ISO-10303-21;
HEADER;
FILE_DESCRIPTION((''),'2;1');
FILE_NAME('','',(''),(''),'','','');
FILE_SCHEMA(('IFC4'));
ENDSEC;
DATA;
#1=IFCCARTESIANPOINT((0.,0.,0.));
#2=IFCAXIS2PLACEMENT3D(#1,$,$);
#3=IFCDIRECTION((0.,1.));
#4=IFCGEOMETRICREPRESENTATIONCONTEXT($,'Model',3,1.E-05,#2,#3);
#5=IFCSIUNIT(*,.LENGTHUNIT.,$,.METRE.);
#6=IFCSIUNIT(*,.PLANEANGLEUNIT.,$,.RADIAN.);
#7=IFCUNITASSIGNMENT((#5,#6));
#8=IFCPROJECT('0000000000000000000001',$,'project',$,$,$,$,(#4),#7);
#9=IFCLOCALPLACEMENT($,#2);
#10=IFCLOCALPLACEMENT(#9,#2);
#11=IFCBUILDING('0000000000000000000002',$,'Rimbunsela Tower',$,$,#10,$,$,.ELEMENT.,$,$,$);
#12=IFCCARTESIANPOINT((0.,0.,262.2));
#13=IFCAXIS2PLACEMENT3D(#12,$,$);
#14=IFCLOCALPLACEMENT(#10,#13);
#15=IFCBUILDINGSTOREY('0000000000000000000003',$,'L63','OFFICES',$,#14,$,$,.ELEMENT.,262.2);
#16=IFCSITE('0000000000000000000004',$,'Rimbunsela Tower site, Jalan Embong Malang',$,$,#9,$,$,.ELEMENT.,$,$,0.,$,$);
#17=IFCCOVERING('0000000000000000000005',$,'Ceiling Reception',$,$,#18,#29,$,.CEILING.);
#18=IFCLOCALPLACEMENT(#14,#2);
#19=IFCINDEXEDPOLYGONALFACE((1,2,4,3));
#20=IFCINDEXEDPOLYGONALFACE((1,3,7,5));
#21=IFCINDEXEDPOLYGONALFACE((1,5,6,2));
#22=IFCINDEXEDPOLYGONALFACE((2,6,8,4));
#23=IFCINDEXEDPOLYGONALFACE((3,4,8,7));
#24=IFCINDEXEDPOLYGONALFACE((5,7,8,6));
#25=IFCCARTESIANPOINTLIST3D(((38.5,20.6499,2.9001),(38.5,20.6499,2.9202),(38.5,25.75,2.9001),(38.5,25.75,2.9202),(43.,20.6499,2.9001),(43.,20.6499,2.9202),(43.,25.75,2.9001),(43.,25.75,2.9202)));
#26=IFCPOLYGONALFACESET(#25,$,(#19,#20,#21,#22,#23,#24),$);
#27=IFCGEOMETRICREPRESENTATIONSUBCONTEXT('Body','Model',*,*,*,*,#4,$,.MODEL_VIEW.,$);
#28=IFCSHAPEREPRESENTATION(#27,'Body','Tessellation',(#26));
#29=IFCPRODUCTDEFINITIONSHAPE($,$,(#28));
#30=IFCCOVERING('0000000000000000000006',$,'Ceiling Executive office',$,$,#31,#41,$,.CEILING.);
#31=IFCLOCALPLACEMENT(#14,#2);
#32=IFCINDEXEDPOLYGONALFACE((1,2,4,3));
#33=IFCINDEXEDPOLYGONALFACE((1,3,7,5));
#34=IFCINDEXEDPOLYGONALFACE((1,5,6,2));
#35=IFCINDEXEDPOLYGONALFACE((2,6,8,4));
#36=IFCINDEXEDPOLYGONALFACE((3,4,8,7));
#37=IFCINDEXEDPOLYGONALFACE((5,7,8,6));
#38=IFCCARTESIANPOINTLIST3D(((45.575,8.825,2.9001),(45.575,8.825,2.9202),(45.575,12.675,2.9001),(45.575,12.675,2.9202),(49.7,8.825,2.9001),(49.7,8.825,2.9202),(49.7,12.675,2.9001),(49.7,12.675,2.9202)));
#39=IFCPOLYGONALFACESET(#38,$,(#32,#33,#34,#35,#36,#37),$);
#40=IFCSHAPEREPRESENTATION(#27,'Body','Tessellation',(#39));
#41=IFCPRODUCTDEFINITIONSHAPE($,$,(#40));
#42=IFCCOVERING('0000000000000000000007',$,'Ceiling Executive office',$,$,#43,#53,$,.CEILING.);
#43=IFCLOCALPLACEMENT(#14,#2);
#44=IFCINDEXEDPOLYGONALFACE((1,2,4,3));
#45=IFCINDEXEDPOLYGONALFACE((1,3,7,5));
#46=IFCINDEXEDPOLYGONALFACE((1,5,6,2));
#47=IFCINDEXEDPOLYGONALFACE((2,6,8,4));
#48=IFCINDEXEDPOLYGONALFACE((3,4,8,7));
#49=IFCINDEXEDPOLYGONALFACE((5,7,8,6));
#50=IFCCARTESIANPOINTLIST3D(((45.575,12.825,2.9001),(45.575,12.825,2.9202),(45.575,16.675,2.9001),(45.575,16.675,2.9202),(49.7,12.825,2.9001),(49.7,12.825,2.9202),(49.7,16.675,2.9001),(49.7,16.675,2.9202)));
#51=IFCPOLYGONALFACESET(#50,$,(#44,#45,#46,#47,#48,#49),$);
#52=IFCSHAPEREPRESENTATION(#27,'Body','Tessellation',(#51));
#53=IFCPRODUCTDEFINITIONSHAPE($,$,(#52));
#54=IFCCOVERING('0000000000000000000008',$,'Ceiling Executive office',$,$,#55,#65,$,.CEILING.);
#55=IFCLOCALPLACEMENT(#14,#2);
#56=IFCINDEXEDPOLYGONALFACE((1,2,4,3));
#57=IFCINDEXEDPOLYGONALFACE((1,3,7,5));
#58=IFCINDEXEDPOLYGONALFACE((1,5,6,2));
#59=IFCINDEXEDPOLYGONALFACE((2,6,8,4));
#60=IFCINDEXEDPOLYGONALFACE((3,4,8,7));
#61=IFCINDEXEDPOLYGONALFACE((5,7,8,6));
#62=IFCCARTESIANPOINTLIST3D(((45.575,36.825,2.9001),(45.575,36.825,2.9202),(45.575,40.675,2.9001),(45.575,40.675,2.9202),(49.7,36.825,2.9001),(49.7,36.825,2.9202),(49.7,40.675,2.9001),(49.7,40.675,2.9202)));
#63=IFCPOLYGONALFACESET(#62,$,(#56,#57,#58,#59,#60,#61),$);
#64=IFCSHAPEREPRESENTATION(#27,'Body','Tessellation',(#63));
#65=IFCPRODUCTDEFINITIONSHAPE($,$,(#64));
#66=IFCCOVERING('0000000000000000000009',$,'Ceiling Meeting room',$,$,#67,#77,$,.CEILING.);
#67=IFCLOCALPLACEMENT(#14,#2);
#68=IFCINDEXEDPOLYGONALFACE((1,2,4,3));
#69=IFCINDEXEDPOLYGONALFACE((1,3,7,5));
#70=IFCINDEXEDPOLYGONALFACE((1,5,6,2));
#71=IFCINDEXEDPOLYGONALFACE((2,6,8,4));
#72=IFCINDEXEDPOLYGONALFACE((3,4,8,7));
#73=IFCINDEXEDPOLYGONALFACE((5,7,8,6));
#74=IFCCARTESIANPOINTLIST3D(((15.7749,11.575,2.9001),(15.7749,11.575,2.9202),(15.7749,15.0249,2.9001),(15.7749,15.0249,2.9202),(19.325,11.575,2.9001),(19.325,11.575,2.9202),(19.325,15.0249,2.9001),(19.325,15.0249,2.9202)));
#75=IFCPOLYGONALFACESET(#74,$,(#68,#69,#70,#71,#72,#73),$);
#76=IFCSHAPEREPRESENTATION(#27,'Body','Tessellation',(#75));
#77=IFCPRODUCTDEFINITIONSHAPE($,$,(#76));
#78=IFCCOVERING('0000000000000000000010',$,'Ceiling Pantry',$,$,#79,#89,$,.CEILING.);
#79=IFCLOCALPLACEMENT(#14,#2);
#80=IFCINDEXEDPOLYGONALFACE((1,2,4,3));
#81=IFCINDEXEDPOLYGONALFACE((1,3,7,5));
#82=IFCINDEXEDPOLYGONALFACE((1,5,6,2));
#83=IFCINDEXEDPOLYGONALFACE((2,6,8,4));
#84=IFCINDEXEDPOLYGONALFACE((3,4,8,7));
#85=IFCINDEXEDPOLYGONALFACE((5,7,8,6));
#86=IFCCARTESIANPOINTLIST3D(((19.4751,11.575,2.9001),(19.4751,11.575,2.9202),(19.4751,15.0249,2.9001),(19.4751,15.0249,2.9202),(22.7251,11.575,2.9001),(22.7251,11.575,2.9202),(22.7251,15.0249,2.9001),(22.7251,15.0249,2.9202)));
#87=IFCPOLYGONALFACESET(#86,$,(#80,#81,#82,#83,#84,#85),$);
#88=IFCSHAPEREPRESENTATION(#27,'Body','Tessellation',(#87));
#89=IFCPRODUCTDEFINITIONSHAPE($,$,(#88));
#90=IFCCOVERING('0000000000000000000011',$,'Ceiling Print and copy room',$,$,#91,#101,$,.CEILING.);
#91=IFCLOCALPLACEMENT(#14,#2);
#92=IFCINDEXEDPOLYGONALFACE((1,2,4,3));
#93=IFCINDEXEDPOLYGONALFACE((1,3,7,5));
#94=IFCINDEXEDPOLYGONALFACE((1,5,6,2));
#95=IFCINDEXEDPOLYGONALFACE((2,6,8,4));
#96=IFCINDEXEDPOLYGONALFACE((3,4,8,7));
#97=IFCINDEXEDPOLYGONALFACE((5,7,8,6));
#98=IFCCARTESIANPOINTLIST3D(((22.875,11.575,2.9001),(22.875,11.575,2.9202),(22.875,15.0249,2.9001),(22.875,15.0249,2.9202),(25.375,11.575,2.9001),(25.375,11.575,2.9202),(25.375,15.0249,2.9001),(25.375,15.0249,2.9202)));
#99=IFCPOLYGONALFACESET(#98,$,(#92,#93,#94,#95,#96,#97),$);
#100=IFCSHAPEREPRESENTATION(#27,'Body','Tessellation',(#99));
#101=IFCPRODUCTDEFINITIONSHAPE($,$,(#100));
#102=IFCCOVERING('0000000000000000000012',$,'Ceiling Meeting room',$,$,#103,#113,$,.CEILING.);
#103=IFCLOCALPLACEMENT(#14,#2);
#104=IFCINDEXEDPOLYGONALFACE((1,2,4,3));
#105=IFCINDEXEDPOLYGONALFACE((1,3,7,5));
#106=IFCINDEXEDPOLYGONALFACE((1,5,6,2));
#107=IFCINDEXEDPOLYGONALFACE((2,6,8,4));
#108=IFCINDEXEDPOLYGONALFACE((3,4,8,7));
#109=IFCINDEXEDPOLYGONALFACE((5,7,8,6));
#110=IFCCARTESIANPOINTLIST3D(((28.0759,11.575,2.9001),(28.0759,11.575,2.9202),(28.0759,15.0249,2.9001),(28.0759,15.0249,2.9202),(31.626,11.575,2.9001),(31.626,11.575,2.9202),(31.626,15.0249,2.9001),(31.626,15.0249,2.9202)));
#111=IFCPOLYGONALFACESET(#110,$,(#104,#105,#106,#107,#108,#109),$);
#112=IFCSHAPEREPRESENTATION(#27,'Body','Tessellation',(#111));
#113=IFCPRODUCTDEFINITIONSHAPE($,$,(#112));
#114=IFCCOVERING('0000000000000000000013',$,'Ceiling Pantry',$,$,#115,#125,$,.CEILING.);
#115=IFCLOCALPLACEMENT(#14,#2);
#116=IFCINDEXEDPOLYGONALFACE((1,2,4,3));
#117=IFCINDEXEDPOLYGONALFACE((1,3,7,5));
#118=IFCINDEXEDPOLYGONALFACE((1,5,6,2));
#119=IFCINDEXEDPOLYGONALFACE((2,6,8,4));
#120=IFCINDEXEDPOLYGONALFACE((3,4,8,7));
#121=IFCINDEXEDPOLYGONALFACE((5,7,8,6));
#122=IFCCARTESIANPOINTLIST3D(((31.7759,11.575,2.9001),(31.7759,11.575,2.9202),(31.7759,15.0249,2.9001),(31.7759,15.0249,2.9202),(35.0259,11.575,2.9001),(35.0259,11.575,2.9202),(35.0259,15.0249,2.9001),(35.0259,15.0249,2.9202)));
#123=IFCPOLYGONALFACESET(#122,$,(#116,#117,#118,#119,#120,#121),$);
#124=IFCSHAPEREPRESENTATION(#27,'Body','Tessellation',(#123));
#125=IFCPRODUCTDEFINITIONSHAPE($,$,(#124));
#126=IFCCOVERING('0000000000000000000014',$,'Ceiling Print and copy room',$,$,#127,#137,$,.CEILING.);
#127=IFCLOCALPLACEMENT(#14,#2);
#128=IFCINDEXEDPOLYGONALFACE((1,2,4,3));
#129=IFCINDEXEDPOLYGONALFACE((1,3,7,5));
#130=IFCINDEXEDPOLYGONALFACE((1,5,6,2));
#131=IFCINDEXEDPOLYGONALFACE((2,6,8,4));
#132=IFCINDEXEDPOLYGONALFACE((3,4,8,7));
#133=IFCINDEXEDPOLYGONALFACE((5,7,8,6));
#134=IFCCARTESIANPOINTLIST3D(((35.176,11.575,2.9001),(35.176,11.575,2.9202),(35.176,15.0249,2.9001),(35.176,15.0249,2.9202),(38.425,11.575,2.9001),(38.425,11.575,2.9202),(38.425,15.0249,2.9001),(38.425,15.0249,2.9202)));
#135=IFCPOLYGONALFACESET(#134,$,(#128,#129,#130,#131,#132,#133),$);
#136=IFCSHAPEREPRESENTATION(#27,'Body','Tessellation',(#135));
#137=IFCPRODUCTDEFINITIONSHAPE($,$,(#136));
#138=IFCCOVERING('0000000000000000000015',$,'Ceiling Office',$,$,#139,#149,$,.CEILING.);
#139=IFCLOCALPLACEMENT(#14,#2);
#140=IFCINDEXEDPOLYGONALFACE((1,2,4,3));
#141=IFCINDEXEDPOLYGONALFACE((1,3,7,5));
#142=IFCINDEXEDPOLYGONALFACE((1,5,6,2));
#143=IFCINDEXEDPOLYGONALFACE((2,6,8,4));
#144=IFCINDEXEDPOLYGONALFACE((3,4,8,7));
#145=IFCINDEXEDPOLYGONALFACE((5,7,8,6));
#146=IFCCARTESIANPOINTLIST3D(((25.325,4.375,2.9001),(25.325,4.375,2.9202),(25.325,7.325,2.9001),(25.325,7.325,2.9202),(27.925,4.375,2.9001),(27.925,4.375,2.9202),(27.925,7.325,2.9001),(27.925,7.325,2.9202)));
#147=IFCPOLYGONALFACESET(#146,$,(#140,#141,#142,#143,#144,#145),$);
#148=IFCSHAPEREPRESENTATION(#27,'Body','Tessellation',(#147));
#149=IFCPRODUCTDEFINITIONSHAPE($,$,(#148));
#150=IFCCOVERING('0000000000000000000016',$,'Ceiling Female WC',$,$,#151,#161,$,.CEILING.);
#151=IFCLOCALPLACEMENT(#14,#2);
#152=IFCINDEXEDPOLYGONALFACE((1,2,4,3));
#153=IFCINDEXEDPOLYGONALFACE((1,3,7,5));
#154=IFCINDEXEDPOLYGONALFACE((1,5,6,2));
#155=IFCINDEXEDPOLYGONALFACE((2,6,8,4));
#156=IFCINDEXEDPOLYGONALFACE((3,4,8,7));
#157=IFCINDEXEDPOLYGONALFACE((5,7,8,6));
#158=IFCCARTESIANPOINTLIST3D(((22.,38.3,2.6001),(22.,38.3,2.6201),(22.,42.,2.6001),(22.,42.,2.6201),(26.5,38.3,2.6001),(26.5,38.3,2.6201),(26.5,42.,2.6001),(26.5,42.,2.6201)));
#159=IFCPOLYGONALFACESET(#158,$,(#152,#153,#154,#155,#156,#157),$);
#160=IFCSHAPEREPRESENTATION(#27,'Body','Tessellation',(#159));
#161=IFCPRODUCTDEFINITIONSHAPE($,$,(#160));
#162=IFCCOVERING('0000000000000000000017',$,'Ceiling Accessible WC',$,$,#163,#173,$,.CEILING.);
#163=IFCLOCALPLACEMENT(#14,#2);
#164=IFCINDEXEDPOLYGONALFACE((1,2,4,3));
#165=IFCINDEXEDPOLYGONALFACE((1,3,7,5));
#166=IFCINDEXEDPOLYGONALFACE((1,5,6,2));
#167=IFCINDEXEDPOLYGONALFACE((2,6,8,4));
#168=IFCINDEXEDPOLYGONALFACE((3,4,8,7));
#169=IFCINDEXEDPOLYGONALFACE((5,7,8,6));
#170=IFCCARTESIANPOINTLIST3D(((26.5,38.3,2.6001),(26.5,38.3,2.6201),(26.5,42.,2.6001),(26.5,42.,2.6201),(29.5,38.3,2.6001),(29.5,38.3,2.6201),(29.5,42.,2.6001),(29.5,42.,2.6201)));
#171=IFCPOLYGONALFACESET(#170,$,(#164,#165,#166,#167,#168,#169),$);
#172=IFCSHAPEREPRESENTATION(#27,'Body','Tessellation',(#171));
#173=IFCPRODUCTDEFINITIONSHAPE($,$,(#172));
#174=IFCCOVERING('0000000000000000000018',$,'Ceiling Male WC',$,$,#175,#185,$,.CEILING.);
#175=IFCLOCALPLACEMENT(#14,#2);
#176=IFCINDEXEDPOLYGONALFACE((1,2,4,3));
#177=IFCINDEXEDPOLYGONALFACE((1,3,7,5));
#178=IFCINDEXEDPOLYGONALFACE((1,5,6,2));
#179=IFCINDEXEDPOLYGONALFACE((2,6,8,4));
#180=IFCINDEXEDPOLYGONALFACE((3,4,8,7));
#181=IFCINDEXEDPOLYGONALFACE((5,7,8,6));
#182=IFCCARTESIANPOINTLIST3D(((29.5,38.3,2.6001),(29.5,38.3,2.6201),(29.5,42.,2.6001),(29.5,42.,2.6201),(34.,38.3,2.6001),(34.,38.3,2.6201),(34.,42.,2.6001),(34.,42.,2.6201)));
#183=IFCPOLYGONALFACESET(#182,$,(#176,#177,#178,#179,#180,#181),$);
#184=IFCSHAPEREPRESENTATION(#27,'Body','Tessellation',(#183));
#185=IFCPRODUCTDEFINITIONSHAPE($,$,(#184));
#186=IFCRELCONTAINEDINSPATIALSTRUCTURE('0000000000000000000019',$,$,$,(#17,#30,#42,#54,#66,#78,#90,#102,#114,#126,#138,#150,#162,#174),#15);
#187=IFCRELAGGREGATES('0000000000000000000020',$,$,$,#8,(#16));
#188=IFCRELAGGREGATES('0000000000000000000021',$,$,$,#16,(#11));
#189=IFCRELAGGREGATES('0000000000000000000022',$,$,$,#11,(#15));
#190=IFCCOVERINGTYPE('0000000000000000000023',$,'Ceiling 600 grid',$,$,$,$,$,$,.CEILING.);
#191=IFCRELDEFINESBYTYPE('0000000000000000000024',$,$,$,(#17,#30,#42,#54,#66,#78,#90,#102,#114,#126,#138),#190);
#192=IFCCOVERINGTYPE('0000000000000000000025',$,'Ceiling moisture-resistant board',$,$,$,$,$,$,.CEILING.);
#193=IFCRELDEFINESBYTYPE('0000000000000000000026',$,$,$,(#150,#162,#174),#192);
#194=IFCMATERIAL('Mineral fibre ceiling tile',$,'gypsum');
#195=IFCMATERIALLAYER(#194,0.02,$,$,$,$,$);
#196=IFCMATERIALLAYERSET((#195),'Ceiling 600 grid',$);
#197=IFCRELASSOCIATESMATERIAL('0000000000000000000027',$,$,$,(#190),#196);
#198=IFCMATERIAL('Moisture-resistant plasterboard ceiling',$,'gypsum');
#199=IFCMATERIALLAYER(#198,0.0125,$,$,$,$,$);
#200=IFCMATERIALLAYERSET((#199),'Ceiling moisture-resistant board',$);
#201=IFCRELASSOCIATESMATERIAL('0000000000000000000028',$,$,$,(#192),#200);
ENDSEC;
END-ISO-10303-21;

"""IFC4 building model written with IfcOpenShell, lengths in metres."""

from ifc_helpers import new_model, si_unit, direction, frame, origin, place, context, subcontext, project, spatial, polyline, outline, extrude, material, layer, layer_set, type_object, element, save


model = new_model("IFC4")

# Units and contexts
model_context = context("Model", 3, precision=1e-05, world=origin(), true_north=direction((0.0, 1.0)))
body_context = subcontext(model_context, "Body", "Model", "MODEL_VIEW")
ifc_project = project(units=[si_unit("LENGTHUNIT", "METRE"), si_unit("PLANEANGLEUNIT", "RADIAN")], contexts=[model_context])

# Site, building, storey
site_placement = place(None, origin())
site = spatial("IfcSite", under=ifc_project, at=site_placement, Name="Rimbunsela Tower site, Jalan Embong Malang", CompositionType="ELEMENT", RefElevation=0.0)
building_placement = place(site_placement, origin())
building = spatial("IfcBuilding", under=site, at=building_placement, Name="Rimbunsela Tower", CompositionType="ELEMENT")
storey_placement = place(building_placement, frame((0.0, 0.0, 262.2)))
storey = spatial("IfcBuildingStorey", under=building, at=storey_placement, Name="L63", Description="OFFICES", CompositionType="ELEMENT", Elevation=262.2)

# Coverings
ifc_material_1 = material(Name="Mineral fibre ceiling tile", Category="gypsum")
ifc_layer_1 = layer(ifc_material_1, 0.02)
ifc_layer_set_1 = layer_set([ifc_layer_1], Name="Ceiling 600 grid")
covering_type_1 = type_object("IfcCoveringType", Name="Ceiling 600 grid", PredefinedType="CEILING", material=ifc_layer_set_1)
covering_1_placement = place(storey_placement, frame((0.0, 0.0, 2.9001)))
element("IfcCovering", 1, at=covering_1_placement, inside=storey, type_object=covering_type_1, Name="Ceiling Reception", PredefinedType="CEILING", context=body_context, shape_type="SweptSolid", body=[
    extrude(outline(polyline([(43.0, 20.6499), (43.0, 25.75), (38.5, 25.75), (38.5, 20.6499), (43.0, 20.6499)])), origin(), (0.0, 0.0, 1.0), 0.02),
])
covering_2_placement = place(storey_placement, frame((0.0, 0.0, 2.9001)))
element("IfcCovering", 2, at=covering_2_placement, inside=storey, type_object=covering_type_1, Name="Ceiling Executive office", PredefinedType="CEILING", context=body_context, shape_type="SweptSolid", body=[
    extrude(outline(polyline([(49.7, 8.825), (49.7, 12.675), (45.575, 12.675), (45.575, 8.825), (49.7, 8.825)])), origin(), (0.0, 0.0, 1.0), 0.02),
])
covering_3_placement = place(storey_placement, frame((0.0, 0.0, 2.9001)))
element("IfcCovering", 3, at=covering_3_placement, inside=storey, type_object=covering_type_1, Name="Ceiling Executive office", PredefinedType="CEILING", context=body_context, shape_type="SweptSolid", body=[
    extrude(outline(polyline([(49.7, 12.825), (49.7, 16.675), (45.575, 16.675), (45.575, 12.825), (49.7, 12.825)])), origin(), (0.0, 0.0, 1.0), 0.02),
])
covering_4_placement = place(storey_placement, frame((0.0, 0.0, 2.9001)))
element("IfcCovering", 4, at=covering_4_placement, inside=storey, type_object=covering_type_1, Name="Ceiling Executive office", PredefinedType="CEILING", context=body_context, shape_type="SweptSolid", body=[
    extrude(outline(polyline([(49.7, 36.825), (49.7, 40.675), (45.575, 40.675), (45.575, 36.825), (49.7, 36.825)])), origin(), (0.0, 0.0, 1.0), 0.02),
])
covering_5_placement = place(storey_placement, frame((0.0, 0.0, 2.9001)))
element("IfcCovering", 5, at=covering_5_placement, inside=storey, type_object=covering_type_1, Name="Ceiling Meeting room", PredefinedType="CEILING", context=body_context, shape_type="SweptSolid", body=[
    extrude(outline(polyline([(19.325, 11.575), (19.325, 15.0249), (15.7749, 15.0249), (15.7749, 11.575), (19.325, 11.575)])), origin(), (0.0, 0.0, 1.0), 0.02),
])
covering_6_placement = place(storey_placement, frame((0.0, 0.0, 2.9001)))
element("IfcCovering", 6, at=covering_6_placement, inside=storey, type_object=covering_type_1, Name="Ceiling Pantry", PredefinedType="CEILING", context=body_context, shape_type="SweptSolid", body=[
    extrude(outline(polyline([(22.7251, 11.575), (22.7251, 15.0249), (19.4751, 15.0249), (19.4751, 11.575), (22.7251, 11.575)])), origin(), (0.0, 0.0, 1.0), 0.02),
])
covering_7_placement = place(storey_placement, frame((0.0, 0.0, 2.9001)))
element("IfcCovering", 7, at=covering_7_placement, inside=storey, type_object=covering_type_1, Name="Ceiling Print and copy room", PredefinedType="CEILING", context=body_context, shape_type="SweptSolid", body=[
    extrude(outline(polyline([(25.375, 11.575), (25.375, 15.0249), (22.875, 15.0249), (22.875, 11.575), (25.375, 11.575)])), origin(), (0.0, 0.0, 1.0), 0.02),
])
covering_8_placement = place(storey_placement, frame((0.0, 0.0, 2.9001)))
element("IfcCovering", 8, at=covering_8_placement, inside=storey, type_object=covering_type_1, Name="Ceiling Meeting room", PredefinedType="CEILING", context=body_context, shape_type="SweptSolid", body=[
    extrude(outline(polyline([(31.626, 11.575), (31.626, 15.0249), (28.0759, 15.0249), (28.0759, 11.575), (31.626, 11.575)])), origin(), (0.0, 0.0, 1.0), 0.02),
])
covering_9_placement = place(storey_placement, frame((0.0, 0.0, 2.9001)))
element("IfcCovering", 9, at=covering_9_placement, inside=storey, type_object=covering_type_1, Name="Ceiling Pantry", PredefinedType="CEILING", context=body_context, shape_type="SweptSolid", body=[
    extrude(outline(polyline([(35.0259, 11.575), (35.0259, 15.0249), (31.7759, 15.0249), (31.7759, 11.575), (35.0259, 11.575)])), origin(), (0.0, 0.0, 1.0), 0.02),
])
covering_10_placement = place(storey_placement, frame((0.0, 0.0, 2.9001)))
element("IfcCovering", 10, at=covering_10_placement, inside=storey, type_object=covering_type_1, Name="Ceiling Print and copy room", PredefinedType="CEILING", context=body_context, shape_type="SweptSolid", body=[
    extrude(outline(polyline([(38.425, 11.575), (38.425, 15.0249), (35.176, 15.0249), (35.176, 11.575), (38.425, 11.575)])), origin(), (0.0, 0.0, 1.0), 0.02),
])
covering_11_placement = place(storey_placement, frame((0.0, 0.0, 2.9001)))
element("IfcCovering", 11, at=covering_11_placement, inside=storey, type_object=covering_type_1, Name="Ceiling Office", PredefinedType="CEILING", context=body_context, shape_type="SweptSolid", body=[
    extrude(outline(polyline([(27.925, 4.375), (27.925, 7.325), (25.325, 7.325), (25.325, 4.375), (27.925, 4.375)])), origin(), (0.0, 0.0, 1.0), 0.02),
])
ifc_material_2 = material(Name="Moisture-resistant plasterboard ceiling", Category="gypsum")
ifc_layer_2 = layer(ifc_material_2, 0.0125)
ifc_layer_set_2 = layer_set([ifc_layer_2], Name="Ceiling moisture-resistant board")
covering_type_2 = type_object("IfcCoveringType", Name="Ceiling moisture-resistant board", PredefinedType="CEILING", material=ifc_layer_set_2)
covering_12_placement = place(storey_placement, frame((0.0, 0.0, 2.6001)))
element("IfcCovering", 12, at=covering_12_placement, inside=storey, type_object=covering_type_2, Name="Ceiling Female WC", PredefinedType="CEILING", context=body_context, shape_type="SweptSolid", body=[
    extrude(outline(polyline([(26.5, 38.3), (26.5, 42.0), (22.0, 42.0), (22.0, 38.3), (26.5, 38.3)])), origin(), (0.0, 0.0, 1.0), 0.02),
])
covering_13_placement = place(storey_placement, frame((0.0, 0.0, 2.6001)))
element("IfcCovering", 13, at=covering_13_placement, inside=storey, type_object=covering_type_2, Name="Ceiling Accessible WC", PredefinedType="CEILING", context=body_context, shape_type="SweptSolid", body=[
    extrude(outline(polyline([(29.5, 38.3), (29.5, 42.0), (26.5, 42.0), (26.5, 38.3), (29.5, 38.3)])), origin(), (0.0, 0.0, 1.0), 0.02),
])
covering_14_placement = place(storey_placement, frame((0.0, 0.0, 2.6001)))
element("IfcCovering", 14, at=covering_14_placement, inside=storey, type_object=covering_type_2, Name="Ceiling Male WC", PredefinedType="CEILING", context=body_context, shape_type="SweptSolid", body=[
    extrude(outline(polyline([(34.0, 38.3), (34.0, 42.0), (29.5, 42.0), (29.5, 38.3), (34.0, 38.3)])), origin(), (0.0, 0.0, 1.0), 0.02),
])

save(model, "model.ifc")
